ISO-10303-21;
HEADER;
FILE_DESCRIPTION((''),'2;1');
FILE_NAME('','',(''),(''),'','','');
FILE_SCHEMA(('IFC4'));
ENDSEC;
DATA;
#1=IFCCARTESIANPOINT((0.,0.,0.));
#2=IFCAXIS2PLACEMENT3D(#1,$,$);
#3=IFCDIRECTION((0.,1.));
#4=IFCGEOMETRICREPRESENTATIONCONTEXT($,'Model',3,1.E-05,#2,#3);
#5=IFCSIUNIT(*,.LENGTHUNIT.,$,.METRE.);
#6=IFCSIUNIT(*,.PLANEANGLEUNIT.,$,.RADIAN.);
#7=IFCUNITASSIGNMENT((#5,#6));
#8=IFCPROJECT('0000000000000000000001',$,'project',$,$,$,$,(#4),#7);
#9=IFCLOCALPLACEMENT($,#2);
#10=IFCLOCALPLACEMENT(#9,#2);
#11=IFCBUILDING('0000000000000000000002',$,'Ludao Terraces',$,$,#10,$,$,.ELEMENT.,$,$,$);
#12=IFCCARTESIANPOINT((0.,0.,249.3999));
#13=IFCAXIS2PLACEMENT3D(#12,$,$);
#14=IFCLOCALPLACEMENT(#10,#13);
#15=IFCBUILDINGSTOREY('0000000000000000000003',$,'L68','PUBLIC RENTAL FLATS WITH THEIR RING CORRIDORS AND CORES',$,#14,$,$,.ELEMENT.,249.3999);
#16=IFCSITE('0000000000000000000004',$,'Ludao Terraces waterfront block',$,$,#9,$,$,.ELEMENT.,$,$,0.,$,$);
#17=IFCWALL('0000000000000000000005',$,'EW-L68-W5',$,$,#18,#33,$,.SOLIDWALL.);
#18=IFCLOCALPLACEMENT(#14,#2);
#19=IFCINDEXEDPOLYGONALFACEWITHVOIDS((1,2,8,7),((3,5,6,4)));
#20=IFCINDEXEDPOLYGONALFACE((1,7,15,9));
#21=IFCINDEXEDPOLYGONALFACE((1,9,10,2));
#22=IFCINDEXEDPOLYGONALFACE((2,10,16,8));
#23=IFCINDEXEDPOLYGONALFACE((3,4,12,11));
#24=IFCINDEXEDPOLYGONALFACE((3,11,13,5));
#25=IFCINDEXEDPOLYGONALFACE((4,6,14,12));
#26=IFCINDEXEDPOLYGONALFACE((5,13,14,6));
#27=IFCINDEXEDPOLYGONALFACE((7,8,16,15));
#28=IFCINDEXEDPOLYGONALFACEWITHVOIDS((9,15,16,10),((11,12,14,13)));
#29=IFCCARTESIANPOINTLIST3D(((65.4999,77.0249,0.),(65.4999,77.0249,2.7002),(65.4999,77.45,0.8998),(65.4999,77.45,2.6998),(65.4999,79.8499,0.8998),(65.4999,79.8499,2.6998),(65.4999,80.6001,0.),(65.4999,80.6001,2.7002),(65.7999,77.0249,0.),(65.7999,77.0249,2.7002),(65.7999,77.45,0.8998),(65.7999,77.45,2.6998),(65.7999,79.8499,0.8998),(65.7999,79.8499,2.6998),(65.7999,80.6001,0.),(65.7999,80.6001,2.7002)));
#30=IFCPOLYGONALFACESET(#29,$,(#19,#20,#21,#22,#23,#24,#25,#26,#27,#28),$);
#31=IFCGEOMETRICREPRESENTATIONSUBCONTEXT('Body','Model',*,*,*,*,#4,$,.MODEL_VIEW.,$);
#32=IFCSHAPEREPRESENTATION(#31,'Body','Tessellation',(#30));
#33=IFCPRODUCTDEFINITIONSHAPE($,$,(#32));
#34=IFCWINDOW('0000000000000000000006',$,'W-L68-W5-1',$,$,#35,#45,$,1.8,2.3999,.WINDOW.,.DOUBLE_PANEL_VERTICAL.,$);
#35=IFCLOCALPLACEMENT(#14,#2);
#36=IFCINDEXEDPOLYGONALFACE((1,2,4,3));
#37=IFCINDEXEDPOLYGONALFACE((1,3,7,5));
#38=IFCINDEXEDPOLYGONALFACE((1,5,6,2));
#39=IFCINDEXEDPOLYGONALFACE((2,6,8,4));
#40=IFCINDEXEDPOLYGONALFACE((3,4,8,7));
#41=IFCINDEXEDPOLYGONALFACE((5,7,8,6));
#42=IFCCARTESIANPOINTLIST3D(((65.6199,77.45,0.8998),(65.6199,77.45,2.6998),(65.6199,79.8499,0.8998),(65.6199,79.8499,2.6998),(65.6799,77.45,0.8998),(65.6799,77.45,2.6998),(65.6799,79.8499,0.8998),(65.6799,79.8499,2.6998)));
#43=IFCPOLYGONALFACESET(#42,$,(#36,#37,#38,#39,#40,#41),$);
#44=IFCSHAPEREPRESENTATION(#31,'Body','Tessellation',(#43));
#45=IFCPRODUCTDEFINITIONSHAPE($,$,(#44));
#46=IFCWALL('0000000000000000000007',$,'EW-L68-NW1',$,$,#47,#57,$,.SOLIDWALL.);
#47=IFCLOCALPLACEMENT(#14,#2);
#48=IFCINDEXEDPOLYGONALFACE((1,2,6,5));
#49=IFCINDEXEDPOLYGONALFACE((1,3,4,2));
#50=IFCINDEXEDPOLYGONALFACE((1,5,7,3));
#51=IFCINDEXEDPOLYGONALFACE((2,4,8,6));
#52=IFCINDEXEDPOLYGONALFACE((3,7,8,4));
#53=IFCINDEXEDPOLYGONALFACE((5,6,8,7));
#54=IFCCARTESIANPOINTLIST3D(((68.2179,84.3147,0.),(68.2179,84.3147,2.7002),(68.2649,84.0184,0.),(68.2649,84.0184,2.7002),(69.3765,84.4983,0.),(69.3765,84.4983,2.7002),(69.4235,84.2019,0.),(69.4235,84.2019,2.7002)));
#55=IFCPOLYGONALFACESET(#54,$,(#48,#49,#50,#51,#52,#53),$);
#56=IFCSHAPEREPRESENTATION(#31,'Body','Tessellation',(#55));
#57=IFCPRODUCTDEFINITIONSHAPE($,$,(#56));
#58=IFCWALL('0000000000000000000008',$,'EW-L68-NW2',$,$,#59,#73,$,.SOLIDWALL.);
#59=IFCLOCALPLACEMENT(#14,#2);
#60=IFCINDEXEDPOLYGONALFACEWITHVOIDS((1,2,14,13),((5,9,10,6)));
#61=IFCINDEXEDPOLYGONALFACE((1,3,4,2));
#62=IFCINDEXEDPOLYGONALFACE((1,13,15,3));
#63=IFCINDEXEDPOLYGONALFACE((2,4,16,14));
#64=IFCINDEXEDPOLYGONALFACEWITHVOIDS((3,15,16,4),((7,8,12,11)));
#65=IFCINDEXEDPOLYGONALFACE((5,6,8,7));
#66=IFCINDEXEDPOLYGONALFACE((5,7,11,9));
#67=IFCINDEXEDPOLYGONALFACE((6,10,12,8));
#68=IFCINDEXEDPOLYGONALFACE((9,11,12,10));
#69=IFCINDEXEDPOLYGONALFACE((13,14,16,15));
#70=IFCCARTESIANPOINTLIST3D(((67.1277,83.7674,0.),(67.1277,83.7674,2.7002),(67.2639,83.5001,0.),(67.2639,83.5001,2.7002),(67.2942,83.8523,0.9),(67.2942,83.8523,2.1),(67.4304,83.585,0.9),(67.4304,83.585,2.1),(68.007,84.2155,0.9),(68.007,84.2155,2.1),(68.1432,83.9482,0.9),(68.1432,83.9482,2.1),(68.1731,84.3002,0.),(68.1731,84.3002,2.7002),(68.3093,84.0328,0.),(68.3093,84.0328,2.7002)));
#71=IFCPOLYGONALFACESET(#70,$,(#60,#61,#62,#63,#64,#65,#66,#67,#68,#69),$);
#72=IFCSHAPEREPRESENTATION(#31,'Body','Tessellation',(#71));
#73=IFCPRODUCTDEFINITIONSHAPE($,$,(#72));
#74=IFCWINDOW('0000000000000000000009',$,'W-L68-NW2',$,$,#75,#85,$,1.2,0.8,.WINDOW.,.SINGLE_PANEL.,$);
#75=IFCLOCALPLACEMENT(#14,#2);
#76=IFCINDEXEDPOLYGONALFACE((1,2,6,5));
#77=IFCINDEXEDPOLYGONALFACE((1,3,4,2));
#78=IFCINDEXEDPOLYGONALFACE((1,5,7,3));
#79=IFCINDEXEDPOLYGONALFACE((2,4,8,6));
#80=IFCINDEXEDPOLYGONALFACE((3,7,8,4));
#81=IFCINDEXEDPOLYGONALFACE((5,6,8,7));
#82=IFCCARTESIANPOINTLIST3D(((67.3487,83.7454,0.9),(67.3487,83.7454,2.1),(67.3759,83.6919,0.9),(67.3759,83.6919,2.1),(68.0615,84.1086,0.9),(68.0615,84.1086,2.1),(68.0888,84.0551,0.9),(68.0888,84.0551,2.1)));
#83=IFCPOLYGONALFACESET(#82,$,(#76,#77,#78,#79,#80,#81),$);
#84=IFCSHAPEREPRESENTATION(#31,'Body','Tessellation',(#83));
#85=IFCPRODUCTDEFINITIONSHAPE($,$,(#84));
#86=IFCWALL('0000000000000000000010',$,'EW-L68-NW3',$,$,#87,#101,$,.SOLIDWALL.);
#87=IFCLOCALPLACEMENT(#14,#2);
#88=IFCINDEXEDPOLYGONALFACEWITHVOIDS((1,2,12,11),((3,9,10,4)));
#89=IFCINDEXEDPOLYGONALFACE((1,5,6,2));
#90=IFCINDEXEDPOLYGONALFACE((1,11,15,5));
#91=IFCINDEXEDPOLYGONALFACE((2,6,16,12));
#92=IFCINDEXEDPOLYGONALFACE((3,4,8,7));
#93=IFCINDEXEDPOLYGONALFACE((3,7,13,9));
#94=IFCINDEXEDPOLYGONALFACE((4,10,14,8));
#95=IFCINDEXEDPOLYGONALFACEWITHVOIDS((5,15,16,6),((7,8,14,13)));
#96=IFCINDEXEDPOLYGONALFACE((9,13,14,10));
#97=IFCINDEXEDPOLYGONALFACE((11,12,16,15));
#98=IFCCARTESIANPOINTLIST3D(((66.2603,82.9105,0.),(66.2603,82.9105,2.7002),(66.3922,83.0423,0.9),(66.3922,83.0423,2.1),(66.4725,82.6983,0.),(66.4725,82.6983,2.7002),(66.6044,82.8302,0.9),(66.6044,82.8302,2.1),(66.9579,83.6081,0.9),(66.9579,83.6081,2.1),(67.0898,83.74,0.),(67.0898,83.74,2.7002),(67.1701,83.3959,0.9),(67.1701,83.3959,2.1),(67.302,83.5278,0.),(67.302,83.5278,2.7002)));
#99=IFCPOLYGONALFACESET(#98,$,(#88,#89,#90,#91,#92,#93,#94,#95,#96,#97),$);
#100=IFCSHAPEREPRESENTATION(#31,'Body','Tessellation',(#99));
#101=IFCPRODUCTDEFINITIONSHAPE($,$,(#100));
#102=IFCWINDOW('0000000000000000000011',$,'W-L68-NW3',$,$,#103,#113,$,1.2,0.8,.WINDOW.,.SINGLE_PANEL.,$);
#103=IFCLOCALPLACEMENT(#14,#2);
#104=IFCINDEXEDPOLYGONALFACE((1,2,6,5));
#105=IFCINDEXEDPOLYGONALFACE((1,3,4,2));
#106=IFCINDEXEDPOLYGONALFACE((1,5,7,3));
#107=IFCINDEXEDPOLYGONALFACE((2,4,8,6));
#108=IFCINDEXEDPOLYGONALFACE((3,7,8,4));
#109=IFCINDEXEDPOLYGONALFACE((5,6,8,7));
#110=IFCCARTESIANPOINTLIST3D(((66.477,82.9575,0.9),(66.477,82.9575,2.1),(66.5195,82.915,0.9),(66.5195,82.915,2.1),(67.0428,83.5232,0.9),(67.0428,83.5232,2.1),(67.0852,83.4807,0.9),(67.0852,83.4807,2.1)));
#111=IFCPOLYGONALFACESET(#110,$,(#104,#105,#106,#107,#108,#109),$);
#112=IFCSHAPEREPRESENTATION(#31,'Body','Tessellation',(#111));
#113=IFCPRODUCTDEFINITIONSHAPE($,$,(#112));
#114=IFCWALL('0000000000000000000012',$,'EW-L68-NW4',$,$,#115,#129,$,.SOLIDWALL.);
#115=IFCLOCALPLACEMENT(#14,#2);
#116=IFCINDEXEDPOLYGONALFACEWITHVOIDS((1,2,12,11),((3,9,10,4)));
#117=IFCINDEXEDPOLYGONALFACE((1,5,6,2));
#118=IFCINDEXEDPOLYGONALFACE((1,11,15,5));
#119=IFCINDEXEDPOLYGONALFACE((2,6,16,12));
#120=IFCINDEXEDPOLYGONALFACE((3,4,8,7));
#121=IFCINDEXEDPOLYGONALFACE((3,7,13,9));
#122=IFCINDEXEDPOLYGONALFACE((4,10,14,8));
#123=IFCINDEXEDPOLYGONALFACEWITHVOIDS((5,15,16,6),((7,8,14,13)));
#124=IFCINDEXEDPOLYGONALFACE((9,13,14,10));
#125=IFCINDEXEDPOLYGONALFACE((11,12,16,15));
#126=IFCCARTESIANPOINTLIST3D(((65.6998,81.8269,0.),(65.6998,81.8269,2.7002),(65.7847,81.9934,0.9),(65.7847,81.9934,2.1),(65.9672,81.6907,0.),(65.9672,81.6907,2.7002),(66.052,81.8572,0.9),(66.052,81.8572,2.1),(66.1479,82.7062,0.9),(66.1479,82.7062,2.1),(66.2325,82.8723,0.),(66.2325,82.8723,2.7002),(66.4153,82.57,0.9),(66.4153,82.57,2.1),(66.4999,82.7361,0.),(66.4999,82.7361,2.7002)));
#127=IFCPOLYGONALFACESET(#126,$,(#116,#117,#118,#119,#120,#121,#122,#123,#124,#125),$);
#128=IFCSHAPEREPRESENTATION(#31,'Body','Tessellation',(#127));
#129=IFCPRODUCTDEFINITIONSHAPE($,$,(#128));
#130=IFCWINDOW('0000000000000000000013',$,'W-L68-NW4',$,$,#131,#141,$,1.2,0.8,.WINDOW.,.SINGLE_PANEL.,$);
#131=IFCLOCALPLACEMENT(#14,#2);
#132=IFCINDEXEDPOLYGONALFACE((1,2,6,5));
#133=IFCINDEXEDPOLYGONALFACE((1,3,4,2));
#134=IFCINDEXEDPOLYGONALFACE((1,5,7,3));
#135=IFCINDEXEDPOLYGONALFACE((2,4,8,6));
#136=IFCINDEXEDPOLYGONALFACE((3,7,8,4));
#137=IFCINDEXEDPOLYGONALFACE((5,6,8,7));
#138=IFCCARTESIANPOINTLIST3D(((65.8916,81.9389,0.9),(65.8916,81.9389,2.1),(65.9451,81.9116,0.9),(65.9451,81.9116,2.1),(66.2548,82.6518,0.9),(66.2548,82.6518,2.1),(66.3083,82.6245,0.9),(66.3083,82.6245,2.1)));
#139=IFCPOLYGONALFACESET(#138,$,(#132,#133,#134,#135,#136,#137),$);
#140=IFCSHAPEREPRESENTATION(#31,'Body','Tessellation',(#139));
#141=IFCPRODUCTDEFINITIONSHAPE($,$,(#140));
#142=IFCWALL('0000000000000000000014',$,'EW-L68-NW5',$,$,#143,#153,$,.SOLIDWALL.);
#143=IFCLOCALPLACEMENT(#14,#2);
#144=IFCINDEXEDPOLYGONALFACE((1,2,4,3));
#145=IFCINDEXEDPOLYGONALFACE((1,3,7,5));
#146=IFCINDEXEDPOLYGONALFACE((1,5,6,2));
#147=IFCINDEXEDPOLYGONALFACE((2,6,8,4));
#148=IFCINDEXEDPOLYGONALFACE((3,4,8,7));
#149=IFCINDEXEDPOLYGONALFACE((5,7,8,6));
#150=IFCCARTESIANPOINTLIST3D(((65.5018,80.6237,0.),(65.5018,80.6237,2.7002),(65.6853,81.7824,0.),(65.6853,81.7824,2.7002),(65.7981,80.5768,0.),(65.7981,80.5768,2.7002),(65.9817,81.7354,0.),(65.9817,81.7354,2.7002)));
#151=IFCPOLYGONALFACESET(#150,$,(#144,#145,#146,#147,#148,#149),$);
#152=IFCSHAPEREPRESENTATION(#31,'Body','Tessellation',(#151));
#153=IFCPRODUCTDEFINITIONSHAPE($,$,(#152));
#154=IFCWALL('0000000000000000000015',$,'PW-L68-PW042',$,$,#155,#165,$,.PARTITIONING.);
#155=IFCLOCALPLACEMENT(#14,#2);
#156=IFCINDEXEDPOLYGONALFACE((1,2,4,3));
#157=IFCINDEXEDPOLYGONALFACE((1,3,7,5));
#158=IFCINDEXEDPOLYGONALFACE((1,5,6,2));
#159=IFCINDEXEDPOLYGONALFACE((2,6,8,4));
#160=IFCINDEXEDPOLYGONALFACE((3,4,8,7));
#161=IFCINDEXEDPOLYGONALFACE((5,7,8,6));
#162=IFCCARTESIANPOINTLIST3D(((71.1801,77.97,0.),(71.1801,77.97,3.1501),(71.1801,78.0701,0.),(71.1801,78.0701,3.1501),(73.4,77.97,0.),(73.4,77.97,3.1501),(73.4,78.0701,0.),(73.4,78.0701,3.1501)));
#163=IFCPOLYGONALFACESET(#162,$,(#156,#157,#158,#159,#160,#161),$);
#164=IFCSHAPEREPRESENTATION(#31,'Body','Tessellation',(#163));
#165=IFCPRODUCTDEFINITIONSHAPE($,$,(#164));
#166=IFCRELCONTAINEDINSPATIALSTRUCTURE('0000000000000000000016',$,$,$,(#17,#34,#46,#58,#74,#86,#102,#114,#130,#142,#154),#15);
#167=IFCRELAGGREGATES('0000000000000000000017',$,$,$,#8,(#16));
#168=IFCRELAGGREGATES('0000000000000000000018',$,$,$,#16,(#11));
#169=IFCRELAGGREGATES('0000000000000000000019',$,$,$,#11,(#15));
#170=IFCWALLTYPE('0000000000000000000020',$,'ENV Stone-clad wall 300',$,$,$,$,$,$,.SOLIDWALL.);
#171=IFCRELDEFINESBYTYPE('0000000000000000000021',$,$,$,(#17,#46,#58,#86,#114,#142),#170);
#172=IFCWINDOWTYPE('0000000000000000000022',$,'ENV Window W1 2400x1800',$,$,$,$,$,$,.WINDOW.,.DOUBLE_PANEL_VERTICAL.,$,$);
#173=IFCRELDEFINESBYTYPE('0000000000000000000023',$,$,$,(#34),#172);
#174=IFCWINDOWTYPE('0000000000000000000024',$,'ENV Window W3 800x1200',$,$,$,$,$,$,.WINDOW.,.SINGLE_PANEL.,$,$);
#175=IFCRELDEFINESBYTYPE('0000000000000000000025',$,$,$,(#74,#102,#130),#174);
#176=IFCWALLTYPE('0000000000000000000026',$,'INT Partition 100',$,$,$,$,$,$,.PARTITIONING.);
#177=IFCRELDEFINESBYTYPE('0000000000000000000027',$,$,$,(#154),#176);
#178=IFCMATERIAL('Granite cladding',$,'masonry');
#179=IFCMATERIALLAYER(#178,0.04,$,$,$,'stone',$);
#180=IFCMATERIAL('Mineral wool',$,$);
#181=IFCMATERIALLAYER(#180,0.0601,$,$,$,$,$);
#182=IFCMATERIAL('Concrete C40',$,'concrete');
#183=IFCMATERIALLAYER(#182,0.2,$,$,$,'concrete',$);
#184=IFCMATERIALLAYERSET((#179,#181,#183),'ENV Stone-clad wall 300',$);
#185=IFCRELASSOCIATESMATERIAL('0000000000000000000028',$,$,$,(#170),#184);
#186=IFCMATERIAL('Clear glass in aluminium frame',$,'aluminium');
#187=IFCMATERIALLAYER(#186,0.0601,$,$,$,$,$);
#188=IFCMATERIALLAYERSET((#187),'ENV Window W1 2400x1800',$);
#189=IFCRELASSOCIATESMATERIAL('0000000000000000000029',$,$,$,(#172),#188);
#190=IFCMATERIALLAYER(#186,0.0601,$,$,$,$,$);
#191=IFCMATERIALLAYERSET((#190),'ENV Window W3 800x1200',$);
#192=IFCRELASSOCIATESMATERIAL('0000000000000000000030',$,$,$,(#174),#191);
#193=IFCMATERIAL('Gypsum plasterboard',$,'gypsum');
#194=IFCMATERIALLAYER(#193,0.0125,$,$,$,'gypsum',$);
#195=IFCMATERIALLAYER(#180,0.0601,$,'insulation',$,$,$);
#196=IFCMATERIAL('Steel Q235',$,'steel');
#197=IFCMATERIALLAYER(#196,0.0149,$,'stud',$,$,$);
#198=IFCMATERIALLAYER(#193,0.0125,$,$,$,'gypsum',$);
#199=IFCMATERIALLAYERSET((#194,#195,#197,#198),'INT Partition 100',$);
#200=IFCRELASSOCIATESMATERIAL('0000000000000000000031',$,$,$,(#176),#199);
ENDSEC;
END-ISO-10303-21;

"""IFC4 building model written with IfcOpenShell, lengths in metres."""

from ifc_helpers import new_model, si_unit, direction, frame, frame_2d, origin, place, context, subcontext, project, spatial, rectangle, extrude, material, layer, layer_set, type_object, element, fill, save


model = new_model("IFC4")

# Units and contexts
model_context = context("Model", 3, precision=1e-05, world=origin(), true_north=direction((0.0, 1.0)))
body_context = subcontext(model_context, "Body", "Model", "MODEL_VIEW")
ifc_project = project(units=[si_unit("LENGTHUNIT", "METRE"), si_unit("PLANEANGLEUNIT", "RADIAN")], contexts=[model_context])

# Site, building, storey
site_placement = place(None, origin())
site = spatial("IfcSite", under=ifc_project, at=site_placement, Name="Ludao Terraces waterfront block", CompositionType="ELEMENT", RefElevation=0.0)
building_placement = place(site_placement, origin())
building = spatial("IfcBuilding", under=site, at=building_placement, Name="Ludao Terraces", CompositionType="ELEMENT")
storey_placement = place(building_placement, frame((0.0, 0.0, 249.3999)))
storey = spatial("IfcBuildingStorey", under=building, at=storey_placement, Name="L68", Description="PUBLIC RENTAL FLATS WITH THEIR RING CORRIDORS AND CORES", CompositionType="ELEMENT", Elevation=249.3999)

# Shared definitions
ifc_material_1 = material(Name="Concrete C40", Category="concrete")

# Shared definitions
ifc_material_2 = material(Name="Steel Q235", Category="steel")

# Shared definitions
ifc_material_3 = material(Name="Granite cladding", Category="masonry")
ifc_layer_1 = layer(ifc_material_3, 0.04, Category="stone")
ifc_material_4 = material(Name="Mineral wool")
ifc_layer_2 = layer(ifc_material_4, 0.0601)
ifc_layer_3 = layer(ifc_material_1, 0.2, Category="concrete")
ifc_layer_set_1 = layer_set([ifc_layer_1, ifc_layer_2, ifc_layer_3], Name="ENV Stone-clad wall 300")
wall_type_1 = type_object("IfcWallType", Name="ENV Stone-clad wall 300", PredefinedType="SOLIDWALL", material=ifc_layer_set_1)
ifc_material_5 = material(Name="Clear glass in aluminium frame", Category="aluminium")
ifc_layer_4 = layer(ifc_material_5, 0.0601)
ifc_layer_set_2 = layer_set([ifc_layer_4], Name="ENV Window W1 2400x1800")
window_type_1 = type_object("IfcWindowType", Name="ENV Window W1 2400x1800", PartitioningType="DOUBLE_PANEL_VERTICAL", PredefinedType="WINDOW", material=ifc_layer_set_2)

# Wall, opening, window
wall_1_placement = place(storey_placement, frame((65.6499, 77.0249, 0.0), z_axis=(0.0, 0.0, 1.0), x_axis=(0.0, 1.0, 0.0)))
wall_1 = element("IfcWall", 1, at=wall_1_placement, inside=storey, type_object=wall_type_1, Name="EW-L68-W5", PredefinedType="SOLIDWALL", context=body_context, shape_type="SweptSolid", body=[
    extrude(rectangle(XDim=3.5752, YDim=0.3, at=frame_2d((1.7876, 0.0))), origin(), (0.0, 0.0, 1.0), 2.7002),
])
opening_1_placement = place(wall_1_placement, frame((0.425, 0.0, 0.8999)))
opening_1 = element("IfcOpeningElement", 2, at=opening_1_placement, cuts=wall_1, PredefinedType="OPENING", context=body_context, shape_type="SweptSolid", body=[
    extrude(rectangle(XDim=2.3999, YDim=1.8, at=frame_2d((1.2, 0.8999))), frame((0.0, 0.1602, 0.0), z_axis=(0.0, -1.0, 0.0), x_axis=(1.0, 0.0, 0.0)), (0.0, 0.0, 1.0), 0.3201),
])
window_1_placement = place(opening_1_placement, origin())
window_1 = element("IfcWindow", 3, at=window_1_placement, inside=storey, type_object=window_type_1, Name="W-L68-W5-1", OverallHeight=1.8, OverallWidth=2.3999, PartitioningType="DOUBLE_PANEL_VERTICAL", PredefinedType="WINDOW", context=body_context, shape_type="SweptSolid", body=[
    extrude(rectangle(XDim=2.3999, YDim=1.8, at=frame_2d((1.2, 0.8999))), frame((0.0, 0.03, 0.0), z_axis=(0.0, -1.0, 0.0), x_axis=(1.0, 0.0, 0.0)), (0.0, 0.0, 1.0), 0.0601),
])
fill(opening_1, window_1)

# Wall
wall_2_placement = place(storey_placement, frame((69.3999, 84.3501, 0.0), z_axis=(0.0, 0.0, 1.0), x_axis=(-0.987678, -0.156497, 0.0)))
element("IfcWall", 4, at=wall_2_placement, inside=storey, type_object=wall_type_1, Name="EW-L68-NW1", PredefinedType="SOLIDWALL", context=body_context, shape_type="SweptSolid", body=[
    extrude(rectangle(XDim=1.1731, YDim=0.3, at=frame_2d((0.5864, 0.0))), origin(), (0.0, 0.0, 1.0), 2.7002),
])

# Walls, openings, windows
wall_3_placement = place(storey_placement, frame((68.2412, 84.1665, 0.0), z_axis=(0.0, 0.0, 1.0), x_axis=(-0.890989, -0.454026, 0.0)))
wall_3 = element("IfcWall", 5, at=wall_3_placement, inside=storey, type_object=wall_type_1, Name="EW-L68-NW2", PredefinedType="SOLIDWALL", context=body_context, shape_type="SweptSolid", body=[
    extrude(rectangle(XDim=1.1733, YDim=0.3, at=frame_2d((0.5867, 0.0))), origin(), (0.0, 0.0, 1.0), 2.7002),
])
opening_2_placement = place(wall_3_placement, frame((0.1865, 0.0, 0.8999)))
opening_2 = element("IfcOpeningElement", 6, at=opening_2_placement, cuts=wall_3, PredefinedType="OPENING", context=body_context, shape_type="SweptSolid", body=[
    extrude(rectangle(XDim=0.8, YDim=1.2, at=frame_2d((0.3999, 0.6001))), frame((0.0, 0.1602, 0.0), z_axis=(0.0, -1.0, 0.0), x_axis=(1.0, 0.0, 0.0)), (0.0, 0.0, 1.0), 0.3201),
])
ifc_layer_5 = layer(ifc_material_5, 0.0601)
ifc_layer_set_3 = layer_set([ifc_layer_5], Name="ENV Window W3 800x1200")
window_type_2 = type_object("IfcWindowType", Name="ENV Window W3 800x1200", PartitioningType="SINGLE_PANEL", PredefinedType="WINDOW", material=ifc_layer_set_3)
window_2_placement = place(opening_2_placement, origin())
window_2 = element("IfcWindow", 7, at=window_2_placement, inside=storey, type_object=window_type_2, Name="W-L68-NW2", OverallHeight=1.2, OverallWidth=0.8, PartitioningType="SINGLE_PANEL", PredefinedType="WINDOW", context=body_context, shape_type="SweptSolid", body=[
    extrude(rectangle(XDim=0.8, YDim=1.2, at=frame_2d((0.3999, 0.6001))), frame((0.0, 0.03, 0.0), z_axis=(0.0, -1.0, 0.0), x_axis=(1.0, 0.0, 0.0)), (0.0, 0.0, 1.0), 0.0601),
])
fill(opening_2, window_2)
wall_4_placement = place(storey_placement, frame((67.1958, 83.6338, 0.0), z_axis=(0.0, 0.0, 1.0), x_axis=(-0.707107, -0.707107, 0.0)))
wall_4 = element("IfcWall", 8, at=wall_4_placement, inside=storey, type_object=wall_type_1, Name="EW-L68-NW3", PredefinedType="SOLIDWALL", context=body_context, shape_type="SweptSolid", body=[
    extrude(rectangle(XDim=1.1731, YDim=0.3, at=frame_2d((0.5864, 0.0))), origin(), (0.0, 0.0, 1.0), 2.7002),
])
opening_3_placement = place(wall_4_placement, frame((0.1865, 0.0, 0.8999)))
opening_3 = element("IfcOpeningElement", 9, at=opening_3_placement, cuts=wall_4, PredefinedType="OPENING", context=body_context, shape_type="SweptSolid", body=[
    extrude(rectangle(XDim=0.8, YDim=1.2, at=frame_2d((0.3999, 0.6001))), frame((0.0, 0.1602, 0.0), z_axis=(0.0, -1.0, 0.0), x_axis=(1.0, 0.0, 0.0)), (0.0, 0.0, 1.0), 0.3201),
])
window_3_placement = place(opening_3_placement, origin())
window_3 = element("IfcWindow", 10, at=window_3_placement, inside=storey, type_object=window_type_2, Name="W-L68-NW3", OverallHeight=1.2, OverallWidth=0.8, PartitioningType="SINGLE_PANEL", PredefinedType="WINDOW", context=body_context, shape_type="SweptSolid", body=[
    extrude(rectangle(XDim=0.8, YDim=1.2, at=frame_2d((0.3999, 0.6001))), frame((0.0, 0.03, 0.0), z_axis=(0.0, -1.0, 0.0), x_axis=(1.0, 0.0, 0.0)), (0.0, 0.0, 1.0), 0.0601),
])
fill(opening_3, window_3)
wall_5_placement = place(storey_placement, frame((66.3662, 82.8042, 0.0), z_axis=(0.0, 0.0, 1.0), x_axis=(-0.454026, -0.890989, 0.0)))
wall_5 = element("IfcWall", 11, at=wall_5_placement, inside=storey, type_object=wall_type_1, Name="EW-L68-NW4", PredefinedType="SOLIDWALL", context=body_context, shape_type="SweptSolid", body=[
    extrude(rectangle(XDim=1.1733, YDim=0.3, at=frame_2d((0.5867, 0.0))), origin(), (0.0, 0.0, 1.0), 2.7002),
])
opening_4_placement = place(wall_5_placement, frame((0.1865, 0.0, 0.8999)))
opening_4 = element("IfcOpeningElement", 12, at=opening_4_placement, cuts=wall_5, PredefinedType="OPENING", context=body_context, shape_type="SweptSolid", body=[
    extrude(rectangle(XDim=0.8, YDim=1.2, at=frame_2d((0.3999, 0.6001))), frame((0.0, 0.1602, 0.0), z_axis=(0.0, -1.0, 0.0), x_axis=(1.0, 0.0, 0.0)), (0.0, 0.0, 1.0), 0.3201),
])
window_4_placement = place(opening_4_placement, origin())
window_4 = element("IfcWindow", 13, at=window_4_placement, inside=storey, type_object=window_type_2, Name="W-L68-NW4", OverallHeight=1.2, OverallWidth=0.8, PartitioningType="SINGLE_PANEL", PredefinedType="WINDOW", context=body_context, shape_type="SweptSolid", body=[
    extrude(rectangle(XDim=0.8, YDim=1.2, at=frame_2d((0.3999, 0.6001))), frame((0.0, 0.03, 0.0), z_axis=(0.0, -1.0, 0.0), x_axis=(1.0, 0.0, 0.0)), (0.0, 0.0, 1.0), 0.0601),
])
fill(opening_4, window_4)

# Walls
wall_6_placement = place(storey_placement, frame((65.8335, 81.7588, 0.0), z_axis=(0.0, 0.0, 1.0), x_axis=(-0.156497, -0.987678, 0.0)))
element("IfcWall", 14, at=wall_6_placement, inside=storey, type_object=wall_type_1, Name="EW-L68-NW5", PredefinedType="SOLIDWALL", context=body_context, shape_type="SweptSolid", body=[
    extrude(rectangle(XDim=1.1731, YDim=0.3, at=frame_2d((0.5864, 0.0))), origin(), (0.0, 0.0, 1.0), 2.7002),
])
ifc_material_6 = material(Name="Gypsum plasterboard", Category="gypsum")
ifc_layer_6 = layer(ifc_material_6, 0.0125, Category="gypsum")
ifc_layer_7 = layer(ifc_material_4, 0.0601, Name="insulation")
ifc_layer_8 = layer(ifc_material_2, 0.0149, Name="stud")
ifc_layer_9 = layer(ifc_material_6, 0.0125, Category="gypsum")
ifc_layer_set_4 = layer_set([ifc_layer_6, ifc_layer_7, ifc_layer_8, ifc_layer_9], Name="INT Partition 100")
wall_type_2 = type_object("IfcWallType", Name="INT Partition 100", PredefinedType="PARTITIONING", material=ifc_layer_set_4)
wall_7_placement = place(storey_placement, frame((71.1802, 78.02, 0.0), z_axis=(0.0, 0.0, 1.0), x_axis=(1.0, 0.0, 0.0)))
element("IfcWall", 15, at=wall_7_placement, inside=storey, type_object=wall_type_2, Name="PW-L68-PW042", PredefinedType="PARTITIONING", context=body_context, shape_type="SweptSolid", body=[
    extrude(rectangle(XDim=2.22, YDim=0.1001, at=frame_2d((1.1099, 0.0))), origin(), (0.0, 0.0, 1.0), 3.1501),
])

save(model, "model.ifc")
